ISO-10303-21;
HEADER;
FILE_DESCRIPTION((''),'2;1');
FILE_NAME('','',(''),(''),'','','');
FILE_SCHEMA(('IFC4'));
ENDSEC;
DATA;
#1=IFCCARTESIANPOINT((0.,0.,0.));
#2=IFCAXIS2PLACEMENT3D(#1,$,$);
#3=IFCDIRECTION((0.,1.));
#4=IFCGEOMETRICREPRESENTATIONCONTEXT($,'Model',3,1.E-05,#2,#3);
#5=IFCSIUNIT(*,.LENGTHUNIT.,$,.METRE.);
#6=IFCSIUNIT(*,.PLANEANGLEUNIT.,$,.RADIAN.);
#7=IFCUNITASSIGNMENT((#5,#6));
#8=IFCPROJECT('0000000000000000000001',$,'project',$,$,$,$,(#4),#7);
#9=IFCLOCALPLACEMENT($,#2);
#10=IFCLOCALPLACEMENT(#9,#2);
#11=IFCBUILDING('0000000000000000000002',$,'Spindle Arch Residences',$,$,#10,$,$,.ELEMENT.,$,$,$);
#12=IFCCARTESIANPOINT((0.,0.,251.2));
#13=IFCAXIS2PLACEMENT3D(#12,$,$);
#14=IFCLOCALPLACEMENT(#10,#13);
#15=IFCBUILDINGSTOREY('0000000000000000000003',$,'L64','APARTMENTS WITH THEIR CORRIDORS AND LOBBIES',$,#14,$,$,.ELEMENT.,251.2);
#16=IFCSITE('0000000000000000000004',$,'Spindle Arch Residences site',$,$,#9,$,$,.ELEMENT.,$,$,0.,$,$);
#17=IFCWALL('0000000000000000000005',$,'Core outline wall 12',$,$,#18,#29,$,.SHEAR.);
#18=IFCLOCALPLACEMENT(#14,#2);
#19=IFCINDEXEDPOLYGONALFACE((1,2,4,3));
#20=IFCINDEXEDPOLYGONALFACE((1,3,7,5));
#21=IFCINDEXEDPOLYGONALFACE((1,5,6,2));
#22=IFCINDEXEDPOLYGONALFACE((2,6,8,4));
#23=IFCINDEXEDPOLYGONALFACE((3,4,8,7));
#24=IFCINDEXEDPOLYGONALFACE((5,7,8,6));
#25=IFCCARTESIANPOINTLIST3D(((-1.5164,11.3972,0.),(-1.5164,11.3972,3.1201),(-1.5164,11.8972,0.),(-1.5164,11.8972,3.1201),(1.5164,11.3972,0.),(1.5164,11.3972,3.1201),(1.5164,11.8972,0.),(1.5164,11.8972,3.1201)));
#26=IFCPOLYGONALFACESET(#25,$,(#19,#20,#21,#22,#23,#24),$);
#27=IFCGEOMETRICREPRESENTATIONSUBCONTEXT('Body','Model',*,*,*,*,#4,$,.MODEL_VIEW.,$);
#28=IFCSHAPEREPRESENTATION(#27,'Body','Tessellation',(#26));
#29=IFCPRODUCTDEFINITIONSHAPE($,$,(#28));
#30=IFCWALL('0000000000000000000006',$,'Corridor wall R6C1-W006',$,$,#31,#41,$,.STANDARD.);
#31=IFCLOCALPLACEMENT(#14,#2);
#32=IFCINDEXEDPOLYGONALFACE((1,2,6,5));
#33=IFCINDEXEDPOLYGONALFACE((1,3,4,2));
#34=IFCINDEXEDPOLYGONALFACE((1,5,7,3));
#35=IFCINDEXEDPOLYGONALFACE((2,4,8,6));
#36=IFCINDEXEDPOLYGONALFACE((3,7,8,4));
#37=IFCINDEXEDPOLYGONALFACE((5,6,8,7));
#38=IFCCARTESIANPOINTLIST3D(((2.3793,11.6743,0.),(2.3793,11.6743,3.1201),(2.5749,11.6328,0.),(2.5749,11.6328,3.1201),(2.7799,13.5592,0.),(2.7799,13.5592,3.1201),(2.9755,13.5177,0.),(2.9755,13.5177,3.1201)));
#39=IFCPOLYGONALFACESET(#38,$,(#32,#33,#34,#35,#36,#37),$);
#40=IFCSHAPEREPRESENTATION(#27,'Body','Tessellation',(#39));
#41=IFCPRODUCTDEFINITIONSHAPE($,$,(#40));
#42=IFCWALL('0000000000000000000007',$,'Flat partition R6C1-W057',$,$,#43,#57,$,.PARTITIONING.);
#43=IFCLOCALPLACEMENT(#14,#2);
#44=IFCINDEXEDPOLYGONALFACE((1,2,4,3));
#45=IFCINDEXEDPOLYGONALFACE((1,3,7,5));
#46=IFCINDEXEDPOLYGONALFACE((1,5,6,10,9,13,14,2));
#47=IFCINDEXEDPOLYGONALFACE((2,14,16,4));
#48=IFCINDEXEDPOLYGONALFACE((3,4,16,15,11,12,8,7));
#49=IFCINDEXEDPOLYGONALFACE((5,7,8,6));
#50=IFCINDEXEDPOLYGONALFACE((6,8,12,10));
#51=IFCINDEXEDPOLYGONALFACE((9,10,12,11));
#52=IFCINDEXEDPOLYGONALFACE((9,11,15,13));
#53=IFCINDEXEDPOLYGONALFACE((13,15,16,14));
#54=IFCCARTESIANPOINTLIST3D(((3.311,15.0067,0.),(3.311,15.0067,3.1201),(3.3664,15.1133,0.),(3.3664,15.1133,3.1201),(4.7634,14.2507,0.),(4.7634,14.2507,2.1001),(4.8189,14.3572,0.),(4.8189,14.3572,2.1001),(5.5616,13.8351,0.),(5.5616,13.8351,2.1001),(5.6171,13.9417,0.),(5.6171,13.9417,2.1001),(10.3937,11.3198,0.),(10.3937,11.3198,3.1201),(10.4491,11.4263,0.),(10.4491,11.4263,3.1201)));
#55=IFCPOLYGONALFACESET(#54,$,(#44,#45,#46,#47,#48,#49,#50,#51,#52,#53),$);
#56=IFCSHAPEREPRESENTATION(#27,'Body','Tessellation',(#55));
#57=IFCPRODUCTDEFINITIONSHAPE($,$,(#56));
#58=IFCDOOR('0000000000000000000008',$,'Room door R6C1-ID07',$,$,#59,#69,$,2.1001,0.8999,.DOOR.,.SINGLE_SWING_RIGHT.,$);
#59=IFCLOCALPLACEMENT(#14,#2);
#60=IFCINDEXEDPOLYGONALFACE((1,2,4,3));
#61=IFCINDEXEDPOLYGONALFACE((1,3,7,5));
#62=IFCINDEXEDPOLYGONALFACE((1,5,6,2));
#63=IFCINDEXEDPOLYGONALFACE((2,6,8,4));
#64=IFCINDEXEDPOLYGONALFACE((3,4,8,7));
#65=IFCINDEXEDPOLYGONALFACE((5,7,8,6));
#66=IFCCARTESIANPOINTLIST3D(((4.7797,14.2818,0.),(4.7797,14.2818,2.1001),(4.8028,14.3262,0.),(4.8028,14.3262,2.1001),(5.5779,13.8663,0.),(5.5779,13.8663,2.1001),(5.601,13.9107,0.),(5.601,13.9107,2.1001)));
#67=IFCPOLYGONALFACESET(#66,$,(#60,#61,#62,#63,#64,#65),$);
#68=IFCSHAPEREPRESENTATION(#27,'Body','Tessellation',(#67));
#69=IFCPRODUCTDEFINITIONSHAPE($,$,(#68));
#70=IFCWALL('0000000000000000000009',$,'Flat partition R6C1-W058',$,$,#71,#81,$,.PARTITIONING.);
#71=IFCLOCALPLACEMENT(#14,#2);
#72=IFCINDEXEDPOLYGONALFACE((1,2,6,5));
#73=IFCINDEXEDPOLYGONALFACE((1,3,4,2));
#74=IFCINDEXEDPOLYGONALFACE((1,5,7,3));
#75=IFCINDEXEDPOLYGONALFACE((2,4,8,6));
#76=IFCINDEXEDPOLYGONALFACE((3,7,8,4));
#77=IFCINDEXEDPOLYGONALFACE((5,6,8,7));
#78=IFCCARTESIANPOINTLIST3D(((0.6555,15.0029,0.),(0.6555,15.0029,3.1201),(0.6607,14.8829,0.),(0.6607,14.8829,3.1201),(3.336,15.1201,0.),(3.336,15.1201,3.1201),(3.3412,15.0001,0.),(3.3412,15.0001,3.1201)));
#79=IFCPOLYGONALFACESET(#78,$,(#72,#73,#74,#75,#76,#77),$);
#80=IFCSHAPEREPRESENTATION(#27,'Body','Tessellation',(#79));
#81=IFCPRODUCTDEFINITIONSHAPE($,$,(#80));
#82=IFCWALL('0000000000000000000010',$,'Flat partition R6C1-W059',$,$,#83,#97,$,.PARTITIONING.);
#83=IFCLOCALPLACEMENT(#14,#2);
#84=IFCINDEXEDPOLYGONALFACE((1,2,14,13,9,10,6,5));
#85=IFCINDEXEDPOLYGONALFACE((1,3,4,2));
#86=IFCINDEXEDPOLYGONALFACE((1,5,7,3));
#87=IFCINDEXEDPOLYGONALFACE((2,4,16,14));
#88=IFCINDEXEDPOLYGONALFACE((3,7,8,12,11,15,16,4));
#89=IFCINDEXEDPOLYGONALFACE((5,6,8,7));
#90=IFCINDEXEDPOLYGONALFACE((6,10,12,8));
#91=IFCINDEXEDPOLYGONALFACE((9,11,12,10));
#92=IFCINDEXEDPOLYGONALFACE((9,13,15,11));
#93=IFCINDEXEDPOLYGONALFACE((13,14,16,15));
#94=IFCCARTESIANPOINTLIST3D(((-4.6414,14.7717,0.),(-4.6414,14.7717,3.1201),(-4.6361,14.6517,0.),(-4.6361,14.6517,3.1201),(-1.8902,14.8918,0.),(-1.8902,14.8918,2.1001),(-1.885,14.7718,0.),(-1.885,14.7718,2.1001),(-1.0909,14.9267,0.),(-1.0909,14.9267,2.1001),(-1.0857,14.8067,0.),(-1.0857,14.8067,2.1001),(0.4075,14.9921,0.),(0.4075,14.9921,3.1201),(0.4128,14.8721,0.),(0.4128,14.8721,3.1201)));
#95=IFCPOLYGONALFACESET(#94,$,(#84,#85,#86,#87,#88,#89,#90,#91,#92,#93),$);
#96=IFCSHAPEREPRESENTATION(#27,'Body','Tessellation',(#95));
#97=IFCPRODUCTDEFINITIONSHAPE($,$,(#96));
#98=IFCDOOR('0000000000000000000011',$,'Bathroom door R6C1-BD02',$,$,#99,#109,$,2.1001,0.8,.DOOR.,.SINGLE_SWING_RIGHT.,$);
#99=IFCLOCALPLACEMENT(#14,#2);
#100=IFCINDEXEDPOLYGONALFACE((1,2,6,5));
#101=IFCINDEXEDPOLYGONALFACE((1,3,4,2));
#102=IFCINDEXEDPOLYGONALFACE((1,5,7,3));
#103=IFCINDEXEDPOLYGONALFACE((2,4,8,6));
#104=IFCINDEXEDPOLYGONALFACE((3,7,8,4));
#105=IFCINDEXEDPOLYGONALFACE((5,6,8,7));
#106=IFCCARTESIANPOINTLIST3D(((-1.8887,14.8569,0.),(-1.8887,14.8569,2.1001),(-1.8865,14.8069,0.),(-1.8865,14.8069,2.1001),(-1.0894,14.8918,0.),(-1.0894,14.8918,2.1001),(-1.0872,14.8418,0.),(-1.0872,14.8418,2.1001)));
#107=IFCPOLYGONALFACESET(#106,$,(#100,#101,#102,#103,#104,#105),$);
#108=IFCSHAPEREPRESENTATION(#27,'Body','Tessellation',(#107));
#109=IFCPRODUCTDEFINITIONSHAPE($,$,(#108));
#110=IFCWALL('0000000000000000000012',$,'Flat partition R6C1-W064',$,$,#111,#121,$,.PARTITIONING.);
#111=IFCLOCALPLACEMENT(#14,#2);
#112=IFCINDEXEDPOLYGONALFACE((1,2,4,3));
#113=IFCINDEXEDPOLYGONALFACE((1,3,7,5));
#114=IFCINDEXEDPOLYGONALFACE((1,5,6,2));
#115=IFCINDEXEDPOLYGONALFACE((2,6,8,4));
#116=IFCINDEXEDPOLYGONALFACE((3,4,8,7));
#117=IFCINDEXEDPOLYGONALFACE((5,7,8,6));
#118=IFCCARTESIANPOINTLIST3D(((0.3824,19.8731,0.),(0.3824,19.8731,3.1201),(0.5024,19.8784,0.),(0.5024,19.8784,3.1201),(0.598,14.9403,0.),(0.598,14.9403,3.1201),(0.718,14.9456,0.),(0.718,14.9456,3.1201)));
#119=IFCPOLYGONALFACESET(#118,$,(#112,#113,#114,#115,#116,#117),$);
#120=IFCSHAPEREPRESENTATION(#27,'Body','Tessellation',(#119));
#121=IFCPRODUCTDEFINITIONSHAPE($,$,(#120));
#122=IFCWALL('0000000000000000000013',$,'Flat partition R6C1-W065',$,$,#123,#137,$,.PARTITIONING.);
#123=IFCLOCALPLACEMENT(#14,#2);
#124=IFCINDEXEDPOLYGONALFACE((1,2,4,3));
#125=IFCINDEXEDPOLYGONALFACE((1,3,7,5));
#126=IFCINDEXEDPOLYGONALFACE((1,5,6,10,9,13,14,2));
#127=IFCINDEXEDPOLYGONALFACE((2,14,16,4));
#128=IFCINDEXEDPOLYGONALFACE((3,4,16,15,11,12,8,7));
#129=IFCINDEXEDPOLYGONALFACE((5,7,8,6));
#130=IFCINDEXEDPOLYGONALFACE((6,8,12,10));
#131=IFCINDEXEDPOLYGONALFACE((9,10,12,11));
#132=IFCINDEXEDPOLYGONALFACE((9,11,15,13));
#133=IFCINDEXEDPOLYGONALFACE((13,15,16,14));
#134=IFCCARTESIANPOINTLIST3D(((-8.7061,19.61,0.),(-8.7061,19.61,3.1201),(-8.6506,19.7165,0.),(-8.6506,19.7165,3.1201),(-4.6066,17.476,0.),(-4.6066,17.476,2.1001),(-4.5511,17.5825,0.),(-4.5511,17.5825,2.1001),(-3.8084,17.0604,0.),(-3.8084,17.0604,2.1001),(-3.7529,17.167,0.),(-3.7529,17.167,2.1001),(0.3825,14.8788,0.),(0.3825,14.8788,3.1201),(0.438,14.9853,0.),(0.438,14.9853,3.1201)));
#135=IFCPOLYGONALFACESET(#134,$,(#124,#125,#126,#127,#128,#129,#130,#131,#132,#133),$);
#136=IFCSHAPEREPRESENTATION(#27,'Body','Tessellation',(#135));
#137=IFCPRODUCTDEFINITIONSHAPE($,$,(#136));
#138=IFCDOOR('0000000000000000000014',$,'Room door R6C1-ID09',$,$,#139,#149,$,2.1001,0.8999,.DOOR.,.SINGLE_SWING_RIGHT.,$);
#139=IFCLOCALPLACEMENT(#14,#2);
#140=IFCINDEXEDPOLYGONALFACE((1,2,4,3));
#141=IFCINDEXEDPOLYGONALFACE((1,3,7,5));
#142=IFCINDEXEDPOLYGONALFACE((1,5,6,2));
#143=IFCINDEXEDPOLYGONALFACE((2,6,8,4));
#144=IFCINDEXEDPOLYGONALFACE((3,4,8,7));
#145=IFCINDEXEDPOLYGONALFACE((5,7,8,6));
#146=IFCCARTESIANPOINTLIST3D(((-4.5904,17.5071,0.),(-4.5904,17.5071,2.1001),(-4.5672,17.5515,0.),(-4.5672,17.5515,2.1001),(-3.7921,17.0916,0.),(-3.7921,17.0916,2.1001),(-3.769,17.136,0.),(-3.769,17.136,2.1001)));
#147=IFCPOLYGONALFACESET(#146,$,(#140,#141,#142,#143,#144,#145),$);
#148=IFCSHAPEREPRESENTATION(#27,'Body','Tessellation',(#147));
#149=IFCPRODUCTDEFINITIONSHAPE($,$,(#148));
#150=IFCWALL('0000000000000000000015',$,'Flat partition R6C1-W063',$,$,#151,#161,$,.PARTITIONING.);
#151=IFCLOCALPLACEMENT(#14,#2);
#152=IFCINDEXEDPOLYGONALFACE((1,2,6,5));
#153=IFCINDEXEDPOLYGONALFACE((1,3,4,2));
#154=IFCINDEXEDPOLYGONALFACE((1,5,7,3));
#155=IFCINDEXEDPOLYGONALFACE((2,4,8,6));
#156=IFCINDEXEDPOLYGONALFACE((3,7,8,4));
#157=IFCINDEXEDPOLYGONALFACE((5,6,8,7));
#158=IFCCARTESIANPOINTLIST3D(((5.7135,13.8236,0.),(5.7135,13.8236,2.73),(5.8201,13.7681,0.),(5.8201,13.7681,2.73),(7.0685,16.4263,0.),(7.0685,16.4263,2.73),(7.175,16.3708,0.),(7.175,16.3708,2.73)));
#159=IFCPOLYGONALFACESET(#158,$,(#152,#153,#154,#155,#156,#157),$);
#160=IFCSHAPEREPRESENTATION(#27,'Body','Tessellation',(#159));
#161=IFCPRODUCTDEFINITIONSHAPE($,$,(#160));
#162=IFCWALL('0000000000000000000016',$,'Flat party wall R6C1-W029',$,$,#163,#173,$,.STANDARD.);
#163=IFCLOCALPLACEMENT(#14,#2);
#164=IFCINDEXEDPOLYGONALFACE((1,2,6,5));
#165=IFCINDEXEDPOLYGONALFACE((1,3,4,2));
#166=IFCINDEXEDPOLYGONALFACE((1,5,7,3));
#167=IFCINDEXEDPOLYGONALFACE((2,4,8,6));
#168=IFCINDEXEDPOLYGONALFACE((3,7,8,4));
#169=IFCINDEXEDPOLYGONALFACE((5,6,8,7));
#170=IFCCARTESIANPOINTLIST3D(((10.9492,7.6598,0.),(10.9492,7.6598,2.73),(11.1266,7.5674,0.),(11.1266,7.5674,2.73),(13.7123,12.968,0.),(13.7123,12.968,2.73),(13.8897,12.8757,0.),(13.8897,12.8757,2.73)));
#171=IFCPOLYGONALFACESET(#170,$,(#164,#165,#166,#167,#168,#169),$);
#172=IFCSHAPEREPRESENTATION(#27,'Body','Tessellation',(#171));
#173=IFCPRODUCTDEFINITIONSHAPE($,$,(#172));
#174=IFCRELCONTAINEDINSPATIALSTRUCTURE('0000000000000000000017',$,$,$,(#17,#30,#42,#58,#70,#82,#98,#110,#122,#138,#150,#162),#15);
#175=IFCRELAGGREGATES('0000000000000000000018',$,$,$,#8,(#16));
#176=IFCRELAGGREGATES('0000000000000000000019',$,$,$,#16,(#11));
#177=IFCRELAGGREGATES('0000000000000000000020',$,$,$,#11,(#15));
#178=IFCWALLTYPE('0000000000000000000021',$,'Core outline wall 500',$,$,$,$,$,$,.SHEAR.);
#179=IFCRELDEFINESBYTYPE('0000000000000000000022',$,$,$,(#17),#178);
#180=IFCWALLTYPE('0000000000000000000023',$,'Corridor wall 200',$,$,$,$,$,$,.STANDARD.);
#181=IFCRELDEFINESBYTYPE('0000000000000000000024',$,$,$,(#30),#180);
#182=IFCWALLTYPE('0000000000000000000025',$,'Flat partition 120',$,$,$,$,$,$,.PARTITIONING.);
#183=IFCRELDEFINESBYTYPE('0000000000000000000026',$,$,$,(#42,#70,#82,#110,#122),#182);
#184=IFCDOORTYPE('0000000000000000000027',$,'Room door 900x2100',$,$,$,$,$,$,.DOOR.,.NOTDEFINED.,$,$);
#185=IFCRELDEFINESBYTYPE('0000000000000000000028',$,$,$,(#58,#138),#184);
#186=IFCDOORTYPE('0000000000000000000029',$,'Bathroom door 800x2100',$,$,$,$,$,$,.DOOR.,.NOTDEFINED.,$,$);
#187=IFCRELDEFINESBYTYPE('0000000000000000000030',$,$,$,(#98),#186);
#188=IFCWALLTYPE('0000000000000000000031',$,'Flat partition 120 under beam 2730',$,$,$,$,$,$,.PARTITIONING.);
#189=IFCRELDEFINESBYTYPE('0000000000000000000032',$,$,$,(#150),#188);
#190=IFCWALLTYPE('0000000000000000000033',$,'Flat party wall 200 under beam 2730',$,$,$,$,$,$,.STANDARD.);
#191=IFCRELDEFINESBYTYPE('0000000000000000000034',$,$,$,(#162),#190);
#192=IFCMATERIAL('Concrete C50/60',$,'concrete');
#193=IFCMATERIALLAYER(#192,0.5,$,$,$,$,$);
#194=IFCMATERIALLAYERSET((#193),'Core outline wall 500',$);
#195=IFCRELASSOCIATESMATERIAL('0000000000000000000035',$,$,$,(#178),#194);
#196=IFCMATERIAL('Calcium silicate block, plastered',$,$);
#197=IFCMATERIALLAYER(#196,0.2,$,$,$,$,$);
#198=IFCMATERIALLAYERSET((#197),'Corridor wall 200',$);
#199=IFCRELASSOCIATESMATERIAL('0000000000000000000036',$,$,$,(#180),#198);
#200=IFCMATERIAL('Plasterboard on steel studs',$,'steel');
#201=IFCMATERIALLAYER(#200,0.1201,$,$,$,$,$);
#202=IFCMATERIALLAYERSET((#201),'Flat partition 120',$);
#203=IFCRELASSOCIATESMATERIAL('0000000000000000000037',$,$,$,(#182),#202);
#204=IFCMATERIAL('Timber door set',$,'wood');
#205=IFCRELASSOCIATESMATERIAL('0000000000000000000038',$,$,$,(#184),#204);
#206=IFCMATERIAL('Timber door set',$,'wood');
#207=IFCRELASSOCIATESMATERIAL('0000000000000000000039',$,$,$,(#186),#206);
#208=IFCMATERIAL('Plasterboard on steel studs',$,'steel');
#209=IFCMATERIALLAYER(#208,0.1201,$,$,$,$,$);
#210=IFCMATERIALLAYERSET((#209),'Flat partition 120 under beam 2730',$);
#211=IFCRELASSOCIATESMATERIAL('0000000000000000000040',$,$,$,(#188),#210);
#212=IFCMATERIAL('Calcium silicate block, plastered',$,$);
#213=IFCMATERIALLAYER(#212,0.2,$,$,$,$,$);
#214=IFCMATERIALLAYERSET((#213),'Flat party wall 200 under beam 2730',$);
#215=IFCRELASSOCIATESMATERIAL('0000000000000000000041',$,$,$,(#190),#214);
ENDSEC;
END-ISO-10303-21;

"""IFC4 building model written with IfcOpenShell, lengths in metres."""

from ifc_helpers import new_model, si_unit, direction, frame, frame_2d, origin, place, context, subcontext, project, spatial, rectangle, extrude, material, layer, layer_set, type_object, element, fill, save


model = new_model("IFC4")

# Units and contexts
model_context = context("Model", 3, precision=1e-05, world=origin(), true_north=direction((0.0, 1.0)))
body_context = subcontext(model_context, "Body", "Model", "MODEL_VIEW")
ifc_project = project(units=[si_unit("LENGTHUNIT", "METRE"), si_unit("PLANEANGLEUNIT", "RADIAN")], contexts=[model_context])

# Site, building, storey
site_placement = place(None, origin())
site = spatial("IfcSite", under=ifc_project, at=site_placement, Name="Spindle Arch Residences site", CompositionType="ELEMENT", RefElevation=0.0)
building_placement = place(site_placement, origin())
building = spatial("IfcBuilding", under=site, at=building_placement, Name="Spindle Arch Residences", CompositionType="ELEMENT")
storey_placement = place(building_placement, frame((0.0, 0.0, 251.2)))
storey = spatial("IfcBuildingStorey", under=building, at=storey_placement, Name="L64", Description="APARTMENTS WITH THEIR CORRIDORS AND LOBBIES", CompositionType="ELEMENT", Elevation=251.2)

# Walls
ifc_material_1 = material(Name="Concrete C50/60", Category="concrete")
ifc_layer_1 = layer(ifc_material_1, 0.5)
ifc_layer_set_1 = layer_set([ifc_layer_1], Name="Core outline wall 500")
wall_type_1 = type_object("IfcWallType", Name="Core outline wall 500", PredefinedType="SHEAR", material=ifc_layer_set_1)
wall_1_placement = place(storey_placement, frame((1.5164, 11.6472, 0.0), z_axis=(0.0, 0.0, 1.0), x_axis=(-1.0, 0.0, 0.0)))
element("IfcWall", 1, at=wall_1_placement, inside=storey, type_object=wall_type_1, Name="Core outline wall 12", PredefinedType="SHEAR", context=body_context, shape_type="SweptSolid", body=[
    extrude(rectangle(XDim=3.0327, YDim=0.5, at=frame_2d((1.5164, 0.0))), origin(), (0.0, 0.0, 1.0), 3.1201),
])
ifc_material_2 = material(Name="Calcium silicate block, plastered")
ifc_layer_2 = layer(ifc_material_2, 0.2)
ifc_layer_set_2 = layer_set([ifc_layer_2], Name="Corridor wall 200")
wall_type_2 = type_object("IfcWallType", Name="Corridor wall 200", PredefinedType="STANDARD", material=ifc_layer_set_2)
wall_2_placement = place(storey_placement, frame((2.8777, 13.5383, 0.0), z_axis=(0.0, 0.0, 1.0), x_axis=(-0.207894, -0.978151, 0.0)))
element("IfcWall", 2, at=wall_2_placement, inside=storey, type_object=wall_type_2, Name="Corridor wall R6C1-W006", PredefinedType="STANDARD", context=body_context, shape_type="SweptSolid", body=[
    extrude(rectangle(XDim=1.927, YDim=0.2, at=frame_2d((0.9634, 0.0))), origin(), (0.0, 0.0, 1.0), 3.1201),
])

# Wall, opening, door
ifc_material_3 = material(Name="Plasterboard on steel studs", Category="steel")
ifc_layer_3 = layer(ifc_material_3, 0.1201)
ifc_layer_set_3 = layer_set([ifc_layer_3], Name="Flat partition 120")
wall_type_3 = type_object("IfcWallType", Name="Flat partition 120", PredefinedType="PARTITIONING", material=ifc_layer_set_3)
wall_3_placement = place(storey_placement, frame((10.4214, 11.373, 0.0), z_axis=(0.0, 0.0, 1.0), x_axis=(-0.887013, 0.461745, 0.0)))
wall_3 = element("IfcWall", 3, at=wall_3_placement, inside=storey, type_object=wall_type_3, Name="Flat partition R6C1-W057", PredefinedType="PARTITIONING", context=body_context, shape_type="SweptSolid", body=[
    extrude(rectangle(XDim=7.9849, YDim=0.1201, at=frame_2d((3.9924, 0.0))), origin(), (0.0, 0.0, 1.0), 3.1201),
])
opening_1_placement = place(wall_3_placement, frame((5.4475, 0.0, 0.0)))
opening_1 = element("IfcOpeningElement", 4, at=opening_1_placement, cuts=wall_3, PredefinedType="OPENING", context=body_context, shape_type="SweptSolid", body=[
    extrude(rectangle(XDim=0.8999, YDim=2.1001, at=frame_2d((0.45, 1.05))), frame((0.0, 0.0701, 0.0), z_axis=(0.0, -1.0, 0.0), x_axis=(1.0, 0.0, 0.0)), (0.0, 0.0, 1.0), 0.1401),
])
ifc_material_4 = material(Name="Timber door set", Category="wood")
door_type_1 = type_object("IfcDoorType", Name="Room door 900x2100", OperationType="NOTDEFINED", PredefinedType="DOOR", material=ifc_material_4)
door_1_placement = place(opening_1_placement, origin())
door_1 = element("IfcDoor", 5, at=door_1_placement, inside=storey, type_object=door_type_1, Name="Room door R6C1-ID07", OperationType="SINGLE_SWING_RIGHT", OverallHeight=2.1001, OverallWidth=0.8999, PredefinedType="DOOR", context=body_context, shape_type="SweptSolid", body=[
    extrude(rectangle(XDim=0.8999, YDim=2.1001, at=frame_2d((0.45, 1.05))), frame((0.0, 0.0249, 0.0), z_axis=(0.0, -1.0, 0.0), x_axis=(1.0, 0.0, 0.0)), (0.0, 0.0, 1.0), 0.05),
])
fill(opening_1, door_1)

# Wall
wall_4_placement = place(storey_placement, frame((3.3386, 15.0601, 0.0), z_axis=(0.0, 0.0, 1.0), x_axis=(-0.999046, -0.043674, 0.0)))
element("IfcWall", 6, at=wall_4_placement, inside=storey, type_object=wall_type_3, Name="Flat partition R6C1-W058", PredefinedType="PARTITIONING", context=body_context, shape_type="SweptSolid", body=[
    extrude(rectangle(XDim=2.6831, YDim=0.1201, at=frame_2d((1.3416, 0.0))), origin(), (0.0, 0.0, 1.0), 3.1201),
])

# Wall, opening, door
wall_5_placement = place(storey_placement, frame((0.4102, 14.9321, 0.0), z_axis=(0.0, 0.0, 1.0), x_axis=(-0.999048, -0.043624, 0.0)))
wall_5 = element("IfcWall", 7, at=wall_5_placement, inside=storey, type_object=wall_type_3, Name="Flat partition R6C1-W059", PredefinedType="PARTITIONING", context=body_context, shape_type="SweptSolid", body=[
    extrude(rectangle(XDim=5.0537, YDim=0.1201, at=frame_2d((2.5269, 0.0))), origin(), (0.0, 0.0, 1.0), 3.1201),
])
opening_2_placement = place(wall_5_placement, frame((1.5, 0.0, 0.0)))
opening_2 = element("IfcOpeningElement", 8, at=opening_2_placement, cuts=wall_5, PredefinedType="OPENING", context=body_context, shape_type="SweptSolid", body=[
    extrude(rectangle(XDim=0.8, YDim=2.1001, at=frame_2d((0.3999, 1.05))), frame((0.0, 0.0701, 0.0), z_axis=(0.0, -1.0, 0.0), x_axis=(1.0, 0.0, 0.0)), (0.0, 0.0, 1.0), 0.1401),
])
ifc_material_5 = material(Name="Timber door set", Category="wood")
door_type_2 = type_object("IfcDoorType", Name="Bathroom door 800x2100", OperationType="NOTDEFINED", PredefinedType="DOOR", material=ifc_material_5)
door_2_placement = place(opening_2_placement, origin())
door_2 = element("IfcDoor", 9, at=door_2_placement, inside=storey, type_object=door_type_2, Name="Bathroom door R6C1-BD02", OperationType="SINGLE_SWING_RIGHT", OverallHeight=2.1001, OverallWidth=0.8, PredefinedType="DOOR", context=body_context, shape_type="SweptSolid", body=[
    extrude(rectangle(XDim=0.8, YDim=2.1001, at=frame_2d((0.3999, 1.05))), frame((0.0, 0.0249, 0.0), z_axis=(0.0, -1.0, 0.0), x_axis=(1.0, 0.0, 0.0)), (0.0, 0.0, 1.0), 0.05),
])
fill(opening_2, door_2)

# Wall
wall_6_placement = place(storey_placement, frame((0.4424, 19.8757, 0.0), z_axis=(0.0, 0.0, 1.0), x_axis=(0.04366, -0.999046, 0.0)))
element("IfcWall", 10, at=wall_6_placement, inside=storey, type_object=wall_type_3, Name="Flat partition R6C1-W064", PredefinedType="PARTITIONING", context=body_context, shape_type="SweptSolid", body=[
    extrude(rectangle(XDim=4.9375, YDim=0.1201, at=frame_2d((2.4688, 0.0))), origin(), (0.0, 0.0, 1.0), 3.1201),
])

# Wall, opening, door
wall_7_placement = place(storey_placement, frame((0.4102, 14.9321, 0.0), z_axis=(0.0, 0.0, 1.0), x_axis=(-0.887012, 0.461746, 0.0)))
wall_7 = element("IfcWall", 11, at=wall_7_placement, inside=storey, type_object=wall_type_3, Name="Flat partition R6C1-W065", PredefinedType="PARTITIONING", context=body_context, shape_type="SweptSolid", body=[
    extrude(rectangle(XDim=10.2463, YDim=0.1201, at=frame_2d((5.123, 0.0))), origin(), (0.0, 0.0, 1.0), 3.1201),
])
opening_3_placement = place(wall_7_placement, frame((4.7246, 0.0, 0.0)))
opening_3 = element("IfcOpeningElement", 12, at=opening_3_placement, cuts=wall_7, PredefinedType="OPENING", context=body_context, shape_type="SweptSolid", body=[
    extrude(rectangle(XDim=0.8999, YDim=2.1001, at=frame_2d((0.45, 1.05))), frame((0.0, 0.0701, 0.0), z_axis=(0.0, -1.0, 0.0), x_axis=(1.0, 0.0, 0.0)), (0.0, 0.0, 1.0), 0.1401),
])
door_3_placement = place(opening_3_placement, origin())
door_3 = element("IfcDoor", 13, at=door_3_placement, inside=storey, type_object=door_type_1, Name="Room door R6C1-ID09", OperationType="SINGLE_SWING_RIGHT", OverallHeight=2.1001, OverallWidth=0.8999, PredefinedType="DOOR", context=body_context, shape_type="SweptSolid", body=[
    extrude(rectangle(XDim=0.8999, YDim=2.1001, at=frame_2d((0.45, 1.05))), frame((0.0, 0.0249, 0.0), z_axis=(0.0, -1.0, 0.0), x_axis=(1.0, 0.0, 0.0)), (0.0, 0.0, 1.0), 0.05),
])
fill(opening_3, door_3)

# Walls
ifc_material_6 = material(Name="Plasterboard on steel studs", Category="steel")
ifc_layer_4 = layer(ifc_material_6, 0.1201)
ifc_layer_set_4 = layer_set([ifc_layer_4], Name="Flat partition 120 under beam 2730")
wall_type_4 = type_object("IfcWallType", Name="Flat partition 120 under beam 2730", PredefinedType="PARTITIONING", material=ifc_layer_set_4)
wall_8_placement = place(storey_placement, frame((7.1218, 16.3987, 0.0), z_axis=(0.0, 0.0, 1.0), x_axis=(-0.461764, -0.887003, 0.0)))
element("IfcWall", 14, at=wall_8_placement, inside=storey, type_object=wall_type_4, Name="Flat partition R6C1-W063", PredefinedType="PARTITIONING", context=body_context, shape_type="SweptSolid", body=[
    extrude(rectangle(XDim=2.9343, YDim=0.1201, at=frame_2d((1.4673, 0.0))), origin(), (0.0, 0.0, 1.0), 2.73),
])
ifc_material_7 = material(Name="Calcium silicate block, plastered")
ifc_layer_5 = layer(ifc_material_7, 0.2)
ifc_layer_set_5 = layer_set([ifc_layer_5], Name="Flat party wall 200 under beam 2730")
wall_type_5 = type_object("IfcWallType", Name="Flat party wall 200 under beam 2730", PredefinedType="STANDARD", material=ifc_layer_set_5)
wall_9_placement = place(storey_placement, frame((13.801, 12.9219, 0.0), z_axis=(0.0, 0.0, 1.0), x_axis=(-0.461726, -0.887022, 0.0)))
element("IfcWall", 15, at=wall_9_placement, inside=storey, type_object=wall_type_5, Name="Flat party wall R6C1-W029", PredefinedType="STANDARD", context=body_context, shape_type="SweptSolid", body=[
    extrude(rectangle(XDim=5.9844, YDim=0.2, at=frame_2d((2.9922, 0.0))), origin(), (0.0, 0.0, 1.0), 2.73),
])

save(model, "model.ifc")
